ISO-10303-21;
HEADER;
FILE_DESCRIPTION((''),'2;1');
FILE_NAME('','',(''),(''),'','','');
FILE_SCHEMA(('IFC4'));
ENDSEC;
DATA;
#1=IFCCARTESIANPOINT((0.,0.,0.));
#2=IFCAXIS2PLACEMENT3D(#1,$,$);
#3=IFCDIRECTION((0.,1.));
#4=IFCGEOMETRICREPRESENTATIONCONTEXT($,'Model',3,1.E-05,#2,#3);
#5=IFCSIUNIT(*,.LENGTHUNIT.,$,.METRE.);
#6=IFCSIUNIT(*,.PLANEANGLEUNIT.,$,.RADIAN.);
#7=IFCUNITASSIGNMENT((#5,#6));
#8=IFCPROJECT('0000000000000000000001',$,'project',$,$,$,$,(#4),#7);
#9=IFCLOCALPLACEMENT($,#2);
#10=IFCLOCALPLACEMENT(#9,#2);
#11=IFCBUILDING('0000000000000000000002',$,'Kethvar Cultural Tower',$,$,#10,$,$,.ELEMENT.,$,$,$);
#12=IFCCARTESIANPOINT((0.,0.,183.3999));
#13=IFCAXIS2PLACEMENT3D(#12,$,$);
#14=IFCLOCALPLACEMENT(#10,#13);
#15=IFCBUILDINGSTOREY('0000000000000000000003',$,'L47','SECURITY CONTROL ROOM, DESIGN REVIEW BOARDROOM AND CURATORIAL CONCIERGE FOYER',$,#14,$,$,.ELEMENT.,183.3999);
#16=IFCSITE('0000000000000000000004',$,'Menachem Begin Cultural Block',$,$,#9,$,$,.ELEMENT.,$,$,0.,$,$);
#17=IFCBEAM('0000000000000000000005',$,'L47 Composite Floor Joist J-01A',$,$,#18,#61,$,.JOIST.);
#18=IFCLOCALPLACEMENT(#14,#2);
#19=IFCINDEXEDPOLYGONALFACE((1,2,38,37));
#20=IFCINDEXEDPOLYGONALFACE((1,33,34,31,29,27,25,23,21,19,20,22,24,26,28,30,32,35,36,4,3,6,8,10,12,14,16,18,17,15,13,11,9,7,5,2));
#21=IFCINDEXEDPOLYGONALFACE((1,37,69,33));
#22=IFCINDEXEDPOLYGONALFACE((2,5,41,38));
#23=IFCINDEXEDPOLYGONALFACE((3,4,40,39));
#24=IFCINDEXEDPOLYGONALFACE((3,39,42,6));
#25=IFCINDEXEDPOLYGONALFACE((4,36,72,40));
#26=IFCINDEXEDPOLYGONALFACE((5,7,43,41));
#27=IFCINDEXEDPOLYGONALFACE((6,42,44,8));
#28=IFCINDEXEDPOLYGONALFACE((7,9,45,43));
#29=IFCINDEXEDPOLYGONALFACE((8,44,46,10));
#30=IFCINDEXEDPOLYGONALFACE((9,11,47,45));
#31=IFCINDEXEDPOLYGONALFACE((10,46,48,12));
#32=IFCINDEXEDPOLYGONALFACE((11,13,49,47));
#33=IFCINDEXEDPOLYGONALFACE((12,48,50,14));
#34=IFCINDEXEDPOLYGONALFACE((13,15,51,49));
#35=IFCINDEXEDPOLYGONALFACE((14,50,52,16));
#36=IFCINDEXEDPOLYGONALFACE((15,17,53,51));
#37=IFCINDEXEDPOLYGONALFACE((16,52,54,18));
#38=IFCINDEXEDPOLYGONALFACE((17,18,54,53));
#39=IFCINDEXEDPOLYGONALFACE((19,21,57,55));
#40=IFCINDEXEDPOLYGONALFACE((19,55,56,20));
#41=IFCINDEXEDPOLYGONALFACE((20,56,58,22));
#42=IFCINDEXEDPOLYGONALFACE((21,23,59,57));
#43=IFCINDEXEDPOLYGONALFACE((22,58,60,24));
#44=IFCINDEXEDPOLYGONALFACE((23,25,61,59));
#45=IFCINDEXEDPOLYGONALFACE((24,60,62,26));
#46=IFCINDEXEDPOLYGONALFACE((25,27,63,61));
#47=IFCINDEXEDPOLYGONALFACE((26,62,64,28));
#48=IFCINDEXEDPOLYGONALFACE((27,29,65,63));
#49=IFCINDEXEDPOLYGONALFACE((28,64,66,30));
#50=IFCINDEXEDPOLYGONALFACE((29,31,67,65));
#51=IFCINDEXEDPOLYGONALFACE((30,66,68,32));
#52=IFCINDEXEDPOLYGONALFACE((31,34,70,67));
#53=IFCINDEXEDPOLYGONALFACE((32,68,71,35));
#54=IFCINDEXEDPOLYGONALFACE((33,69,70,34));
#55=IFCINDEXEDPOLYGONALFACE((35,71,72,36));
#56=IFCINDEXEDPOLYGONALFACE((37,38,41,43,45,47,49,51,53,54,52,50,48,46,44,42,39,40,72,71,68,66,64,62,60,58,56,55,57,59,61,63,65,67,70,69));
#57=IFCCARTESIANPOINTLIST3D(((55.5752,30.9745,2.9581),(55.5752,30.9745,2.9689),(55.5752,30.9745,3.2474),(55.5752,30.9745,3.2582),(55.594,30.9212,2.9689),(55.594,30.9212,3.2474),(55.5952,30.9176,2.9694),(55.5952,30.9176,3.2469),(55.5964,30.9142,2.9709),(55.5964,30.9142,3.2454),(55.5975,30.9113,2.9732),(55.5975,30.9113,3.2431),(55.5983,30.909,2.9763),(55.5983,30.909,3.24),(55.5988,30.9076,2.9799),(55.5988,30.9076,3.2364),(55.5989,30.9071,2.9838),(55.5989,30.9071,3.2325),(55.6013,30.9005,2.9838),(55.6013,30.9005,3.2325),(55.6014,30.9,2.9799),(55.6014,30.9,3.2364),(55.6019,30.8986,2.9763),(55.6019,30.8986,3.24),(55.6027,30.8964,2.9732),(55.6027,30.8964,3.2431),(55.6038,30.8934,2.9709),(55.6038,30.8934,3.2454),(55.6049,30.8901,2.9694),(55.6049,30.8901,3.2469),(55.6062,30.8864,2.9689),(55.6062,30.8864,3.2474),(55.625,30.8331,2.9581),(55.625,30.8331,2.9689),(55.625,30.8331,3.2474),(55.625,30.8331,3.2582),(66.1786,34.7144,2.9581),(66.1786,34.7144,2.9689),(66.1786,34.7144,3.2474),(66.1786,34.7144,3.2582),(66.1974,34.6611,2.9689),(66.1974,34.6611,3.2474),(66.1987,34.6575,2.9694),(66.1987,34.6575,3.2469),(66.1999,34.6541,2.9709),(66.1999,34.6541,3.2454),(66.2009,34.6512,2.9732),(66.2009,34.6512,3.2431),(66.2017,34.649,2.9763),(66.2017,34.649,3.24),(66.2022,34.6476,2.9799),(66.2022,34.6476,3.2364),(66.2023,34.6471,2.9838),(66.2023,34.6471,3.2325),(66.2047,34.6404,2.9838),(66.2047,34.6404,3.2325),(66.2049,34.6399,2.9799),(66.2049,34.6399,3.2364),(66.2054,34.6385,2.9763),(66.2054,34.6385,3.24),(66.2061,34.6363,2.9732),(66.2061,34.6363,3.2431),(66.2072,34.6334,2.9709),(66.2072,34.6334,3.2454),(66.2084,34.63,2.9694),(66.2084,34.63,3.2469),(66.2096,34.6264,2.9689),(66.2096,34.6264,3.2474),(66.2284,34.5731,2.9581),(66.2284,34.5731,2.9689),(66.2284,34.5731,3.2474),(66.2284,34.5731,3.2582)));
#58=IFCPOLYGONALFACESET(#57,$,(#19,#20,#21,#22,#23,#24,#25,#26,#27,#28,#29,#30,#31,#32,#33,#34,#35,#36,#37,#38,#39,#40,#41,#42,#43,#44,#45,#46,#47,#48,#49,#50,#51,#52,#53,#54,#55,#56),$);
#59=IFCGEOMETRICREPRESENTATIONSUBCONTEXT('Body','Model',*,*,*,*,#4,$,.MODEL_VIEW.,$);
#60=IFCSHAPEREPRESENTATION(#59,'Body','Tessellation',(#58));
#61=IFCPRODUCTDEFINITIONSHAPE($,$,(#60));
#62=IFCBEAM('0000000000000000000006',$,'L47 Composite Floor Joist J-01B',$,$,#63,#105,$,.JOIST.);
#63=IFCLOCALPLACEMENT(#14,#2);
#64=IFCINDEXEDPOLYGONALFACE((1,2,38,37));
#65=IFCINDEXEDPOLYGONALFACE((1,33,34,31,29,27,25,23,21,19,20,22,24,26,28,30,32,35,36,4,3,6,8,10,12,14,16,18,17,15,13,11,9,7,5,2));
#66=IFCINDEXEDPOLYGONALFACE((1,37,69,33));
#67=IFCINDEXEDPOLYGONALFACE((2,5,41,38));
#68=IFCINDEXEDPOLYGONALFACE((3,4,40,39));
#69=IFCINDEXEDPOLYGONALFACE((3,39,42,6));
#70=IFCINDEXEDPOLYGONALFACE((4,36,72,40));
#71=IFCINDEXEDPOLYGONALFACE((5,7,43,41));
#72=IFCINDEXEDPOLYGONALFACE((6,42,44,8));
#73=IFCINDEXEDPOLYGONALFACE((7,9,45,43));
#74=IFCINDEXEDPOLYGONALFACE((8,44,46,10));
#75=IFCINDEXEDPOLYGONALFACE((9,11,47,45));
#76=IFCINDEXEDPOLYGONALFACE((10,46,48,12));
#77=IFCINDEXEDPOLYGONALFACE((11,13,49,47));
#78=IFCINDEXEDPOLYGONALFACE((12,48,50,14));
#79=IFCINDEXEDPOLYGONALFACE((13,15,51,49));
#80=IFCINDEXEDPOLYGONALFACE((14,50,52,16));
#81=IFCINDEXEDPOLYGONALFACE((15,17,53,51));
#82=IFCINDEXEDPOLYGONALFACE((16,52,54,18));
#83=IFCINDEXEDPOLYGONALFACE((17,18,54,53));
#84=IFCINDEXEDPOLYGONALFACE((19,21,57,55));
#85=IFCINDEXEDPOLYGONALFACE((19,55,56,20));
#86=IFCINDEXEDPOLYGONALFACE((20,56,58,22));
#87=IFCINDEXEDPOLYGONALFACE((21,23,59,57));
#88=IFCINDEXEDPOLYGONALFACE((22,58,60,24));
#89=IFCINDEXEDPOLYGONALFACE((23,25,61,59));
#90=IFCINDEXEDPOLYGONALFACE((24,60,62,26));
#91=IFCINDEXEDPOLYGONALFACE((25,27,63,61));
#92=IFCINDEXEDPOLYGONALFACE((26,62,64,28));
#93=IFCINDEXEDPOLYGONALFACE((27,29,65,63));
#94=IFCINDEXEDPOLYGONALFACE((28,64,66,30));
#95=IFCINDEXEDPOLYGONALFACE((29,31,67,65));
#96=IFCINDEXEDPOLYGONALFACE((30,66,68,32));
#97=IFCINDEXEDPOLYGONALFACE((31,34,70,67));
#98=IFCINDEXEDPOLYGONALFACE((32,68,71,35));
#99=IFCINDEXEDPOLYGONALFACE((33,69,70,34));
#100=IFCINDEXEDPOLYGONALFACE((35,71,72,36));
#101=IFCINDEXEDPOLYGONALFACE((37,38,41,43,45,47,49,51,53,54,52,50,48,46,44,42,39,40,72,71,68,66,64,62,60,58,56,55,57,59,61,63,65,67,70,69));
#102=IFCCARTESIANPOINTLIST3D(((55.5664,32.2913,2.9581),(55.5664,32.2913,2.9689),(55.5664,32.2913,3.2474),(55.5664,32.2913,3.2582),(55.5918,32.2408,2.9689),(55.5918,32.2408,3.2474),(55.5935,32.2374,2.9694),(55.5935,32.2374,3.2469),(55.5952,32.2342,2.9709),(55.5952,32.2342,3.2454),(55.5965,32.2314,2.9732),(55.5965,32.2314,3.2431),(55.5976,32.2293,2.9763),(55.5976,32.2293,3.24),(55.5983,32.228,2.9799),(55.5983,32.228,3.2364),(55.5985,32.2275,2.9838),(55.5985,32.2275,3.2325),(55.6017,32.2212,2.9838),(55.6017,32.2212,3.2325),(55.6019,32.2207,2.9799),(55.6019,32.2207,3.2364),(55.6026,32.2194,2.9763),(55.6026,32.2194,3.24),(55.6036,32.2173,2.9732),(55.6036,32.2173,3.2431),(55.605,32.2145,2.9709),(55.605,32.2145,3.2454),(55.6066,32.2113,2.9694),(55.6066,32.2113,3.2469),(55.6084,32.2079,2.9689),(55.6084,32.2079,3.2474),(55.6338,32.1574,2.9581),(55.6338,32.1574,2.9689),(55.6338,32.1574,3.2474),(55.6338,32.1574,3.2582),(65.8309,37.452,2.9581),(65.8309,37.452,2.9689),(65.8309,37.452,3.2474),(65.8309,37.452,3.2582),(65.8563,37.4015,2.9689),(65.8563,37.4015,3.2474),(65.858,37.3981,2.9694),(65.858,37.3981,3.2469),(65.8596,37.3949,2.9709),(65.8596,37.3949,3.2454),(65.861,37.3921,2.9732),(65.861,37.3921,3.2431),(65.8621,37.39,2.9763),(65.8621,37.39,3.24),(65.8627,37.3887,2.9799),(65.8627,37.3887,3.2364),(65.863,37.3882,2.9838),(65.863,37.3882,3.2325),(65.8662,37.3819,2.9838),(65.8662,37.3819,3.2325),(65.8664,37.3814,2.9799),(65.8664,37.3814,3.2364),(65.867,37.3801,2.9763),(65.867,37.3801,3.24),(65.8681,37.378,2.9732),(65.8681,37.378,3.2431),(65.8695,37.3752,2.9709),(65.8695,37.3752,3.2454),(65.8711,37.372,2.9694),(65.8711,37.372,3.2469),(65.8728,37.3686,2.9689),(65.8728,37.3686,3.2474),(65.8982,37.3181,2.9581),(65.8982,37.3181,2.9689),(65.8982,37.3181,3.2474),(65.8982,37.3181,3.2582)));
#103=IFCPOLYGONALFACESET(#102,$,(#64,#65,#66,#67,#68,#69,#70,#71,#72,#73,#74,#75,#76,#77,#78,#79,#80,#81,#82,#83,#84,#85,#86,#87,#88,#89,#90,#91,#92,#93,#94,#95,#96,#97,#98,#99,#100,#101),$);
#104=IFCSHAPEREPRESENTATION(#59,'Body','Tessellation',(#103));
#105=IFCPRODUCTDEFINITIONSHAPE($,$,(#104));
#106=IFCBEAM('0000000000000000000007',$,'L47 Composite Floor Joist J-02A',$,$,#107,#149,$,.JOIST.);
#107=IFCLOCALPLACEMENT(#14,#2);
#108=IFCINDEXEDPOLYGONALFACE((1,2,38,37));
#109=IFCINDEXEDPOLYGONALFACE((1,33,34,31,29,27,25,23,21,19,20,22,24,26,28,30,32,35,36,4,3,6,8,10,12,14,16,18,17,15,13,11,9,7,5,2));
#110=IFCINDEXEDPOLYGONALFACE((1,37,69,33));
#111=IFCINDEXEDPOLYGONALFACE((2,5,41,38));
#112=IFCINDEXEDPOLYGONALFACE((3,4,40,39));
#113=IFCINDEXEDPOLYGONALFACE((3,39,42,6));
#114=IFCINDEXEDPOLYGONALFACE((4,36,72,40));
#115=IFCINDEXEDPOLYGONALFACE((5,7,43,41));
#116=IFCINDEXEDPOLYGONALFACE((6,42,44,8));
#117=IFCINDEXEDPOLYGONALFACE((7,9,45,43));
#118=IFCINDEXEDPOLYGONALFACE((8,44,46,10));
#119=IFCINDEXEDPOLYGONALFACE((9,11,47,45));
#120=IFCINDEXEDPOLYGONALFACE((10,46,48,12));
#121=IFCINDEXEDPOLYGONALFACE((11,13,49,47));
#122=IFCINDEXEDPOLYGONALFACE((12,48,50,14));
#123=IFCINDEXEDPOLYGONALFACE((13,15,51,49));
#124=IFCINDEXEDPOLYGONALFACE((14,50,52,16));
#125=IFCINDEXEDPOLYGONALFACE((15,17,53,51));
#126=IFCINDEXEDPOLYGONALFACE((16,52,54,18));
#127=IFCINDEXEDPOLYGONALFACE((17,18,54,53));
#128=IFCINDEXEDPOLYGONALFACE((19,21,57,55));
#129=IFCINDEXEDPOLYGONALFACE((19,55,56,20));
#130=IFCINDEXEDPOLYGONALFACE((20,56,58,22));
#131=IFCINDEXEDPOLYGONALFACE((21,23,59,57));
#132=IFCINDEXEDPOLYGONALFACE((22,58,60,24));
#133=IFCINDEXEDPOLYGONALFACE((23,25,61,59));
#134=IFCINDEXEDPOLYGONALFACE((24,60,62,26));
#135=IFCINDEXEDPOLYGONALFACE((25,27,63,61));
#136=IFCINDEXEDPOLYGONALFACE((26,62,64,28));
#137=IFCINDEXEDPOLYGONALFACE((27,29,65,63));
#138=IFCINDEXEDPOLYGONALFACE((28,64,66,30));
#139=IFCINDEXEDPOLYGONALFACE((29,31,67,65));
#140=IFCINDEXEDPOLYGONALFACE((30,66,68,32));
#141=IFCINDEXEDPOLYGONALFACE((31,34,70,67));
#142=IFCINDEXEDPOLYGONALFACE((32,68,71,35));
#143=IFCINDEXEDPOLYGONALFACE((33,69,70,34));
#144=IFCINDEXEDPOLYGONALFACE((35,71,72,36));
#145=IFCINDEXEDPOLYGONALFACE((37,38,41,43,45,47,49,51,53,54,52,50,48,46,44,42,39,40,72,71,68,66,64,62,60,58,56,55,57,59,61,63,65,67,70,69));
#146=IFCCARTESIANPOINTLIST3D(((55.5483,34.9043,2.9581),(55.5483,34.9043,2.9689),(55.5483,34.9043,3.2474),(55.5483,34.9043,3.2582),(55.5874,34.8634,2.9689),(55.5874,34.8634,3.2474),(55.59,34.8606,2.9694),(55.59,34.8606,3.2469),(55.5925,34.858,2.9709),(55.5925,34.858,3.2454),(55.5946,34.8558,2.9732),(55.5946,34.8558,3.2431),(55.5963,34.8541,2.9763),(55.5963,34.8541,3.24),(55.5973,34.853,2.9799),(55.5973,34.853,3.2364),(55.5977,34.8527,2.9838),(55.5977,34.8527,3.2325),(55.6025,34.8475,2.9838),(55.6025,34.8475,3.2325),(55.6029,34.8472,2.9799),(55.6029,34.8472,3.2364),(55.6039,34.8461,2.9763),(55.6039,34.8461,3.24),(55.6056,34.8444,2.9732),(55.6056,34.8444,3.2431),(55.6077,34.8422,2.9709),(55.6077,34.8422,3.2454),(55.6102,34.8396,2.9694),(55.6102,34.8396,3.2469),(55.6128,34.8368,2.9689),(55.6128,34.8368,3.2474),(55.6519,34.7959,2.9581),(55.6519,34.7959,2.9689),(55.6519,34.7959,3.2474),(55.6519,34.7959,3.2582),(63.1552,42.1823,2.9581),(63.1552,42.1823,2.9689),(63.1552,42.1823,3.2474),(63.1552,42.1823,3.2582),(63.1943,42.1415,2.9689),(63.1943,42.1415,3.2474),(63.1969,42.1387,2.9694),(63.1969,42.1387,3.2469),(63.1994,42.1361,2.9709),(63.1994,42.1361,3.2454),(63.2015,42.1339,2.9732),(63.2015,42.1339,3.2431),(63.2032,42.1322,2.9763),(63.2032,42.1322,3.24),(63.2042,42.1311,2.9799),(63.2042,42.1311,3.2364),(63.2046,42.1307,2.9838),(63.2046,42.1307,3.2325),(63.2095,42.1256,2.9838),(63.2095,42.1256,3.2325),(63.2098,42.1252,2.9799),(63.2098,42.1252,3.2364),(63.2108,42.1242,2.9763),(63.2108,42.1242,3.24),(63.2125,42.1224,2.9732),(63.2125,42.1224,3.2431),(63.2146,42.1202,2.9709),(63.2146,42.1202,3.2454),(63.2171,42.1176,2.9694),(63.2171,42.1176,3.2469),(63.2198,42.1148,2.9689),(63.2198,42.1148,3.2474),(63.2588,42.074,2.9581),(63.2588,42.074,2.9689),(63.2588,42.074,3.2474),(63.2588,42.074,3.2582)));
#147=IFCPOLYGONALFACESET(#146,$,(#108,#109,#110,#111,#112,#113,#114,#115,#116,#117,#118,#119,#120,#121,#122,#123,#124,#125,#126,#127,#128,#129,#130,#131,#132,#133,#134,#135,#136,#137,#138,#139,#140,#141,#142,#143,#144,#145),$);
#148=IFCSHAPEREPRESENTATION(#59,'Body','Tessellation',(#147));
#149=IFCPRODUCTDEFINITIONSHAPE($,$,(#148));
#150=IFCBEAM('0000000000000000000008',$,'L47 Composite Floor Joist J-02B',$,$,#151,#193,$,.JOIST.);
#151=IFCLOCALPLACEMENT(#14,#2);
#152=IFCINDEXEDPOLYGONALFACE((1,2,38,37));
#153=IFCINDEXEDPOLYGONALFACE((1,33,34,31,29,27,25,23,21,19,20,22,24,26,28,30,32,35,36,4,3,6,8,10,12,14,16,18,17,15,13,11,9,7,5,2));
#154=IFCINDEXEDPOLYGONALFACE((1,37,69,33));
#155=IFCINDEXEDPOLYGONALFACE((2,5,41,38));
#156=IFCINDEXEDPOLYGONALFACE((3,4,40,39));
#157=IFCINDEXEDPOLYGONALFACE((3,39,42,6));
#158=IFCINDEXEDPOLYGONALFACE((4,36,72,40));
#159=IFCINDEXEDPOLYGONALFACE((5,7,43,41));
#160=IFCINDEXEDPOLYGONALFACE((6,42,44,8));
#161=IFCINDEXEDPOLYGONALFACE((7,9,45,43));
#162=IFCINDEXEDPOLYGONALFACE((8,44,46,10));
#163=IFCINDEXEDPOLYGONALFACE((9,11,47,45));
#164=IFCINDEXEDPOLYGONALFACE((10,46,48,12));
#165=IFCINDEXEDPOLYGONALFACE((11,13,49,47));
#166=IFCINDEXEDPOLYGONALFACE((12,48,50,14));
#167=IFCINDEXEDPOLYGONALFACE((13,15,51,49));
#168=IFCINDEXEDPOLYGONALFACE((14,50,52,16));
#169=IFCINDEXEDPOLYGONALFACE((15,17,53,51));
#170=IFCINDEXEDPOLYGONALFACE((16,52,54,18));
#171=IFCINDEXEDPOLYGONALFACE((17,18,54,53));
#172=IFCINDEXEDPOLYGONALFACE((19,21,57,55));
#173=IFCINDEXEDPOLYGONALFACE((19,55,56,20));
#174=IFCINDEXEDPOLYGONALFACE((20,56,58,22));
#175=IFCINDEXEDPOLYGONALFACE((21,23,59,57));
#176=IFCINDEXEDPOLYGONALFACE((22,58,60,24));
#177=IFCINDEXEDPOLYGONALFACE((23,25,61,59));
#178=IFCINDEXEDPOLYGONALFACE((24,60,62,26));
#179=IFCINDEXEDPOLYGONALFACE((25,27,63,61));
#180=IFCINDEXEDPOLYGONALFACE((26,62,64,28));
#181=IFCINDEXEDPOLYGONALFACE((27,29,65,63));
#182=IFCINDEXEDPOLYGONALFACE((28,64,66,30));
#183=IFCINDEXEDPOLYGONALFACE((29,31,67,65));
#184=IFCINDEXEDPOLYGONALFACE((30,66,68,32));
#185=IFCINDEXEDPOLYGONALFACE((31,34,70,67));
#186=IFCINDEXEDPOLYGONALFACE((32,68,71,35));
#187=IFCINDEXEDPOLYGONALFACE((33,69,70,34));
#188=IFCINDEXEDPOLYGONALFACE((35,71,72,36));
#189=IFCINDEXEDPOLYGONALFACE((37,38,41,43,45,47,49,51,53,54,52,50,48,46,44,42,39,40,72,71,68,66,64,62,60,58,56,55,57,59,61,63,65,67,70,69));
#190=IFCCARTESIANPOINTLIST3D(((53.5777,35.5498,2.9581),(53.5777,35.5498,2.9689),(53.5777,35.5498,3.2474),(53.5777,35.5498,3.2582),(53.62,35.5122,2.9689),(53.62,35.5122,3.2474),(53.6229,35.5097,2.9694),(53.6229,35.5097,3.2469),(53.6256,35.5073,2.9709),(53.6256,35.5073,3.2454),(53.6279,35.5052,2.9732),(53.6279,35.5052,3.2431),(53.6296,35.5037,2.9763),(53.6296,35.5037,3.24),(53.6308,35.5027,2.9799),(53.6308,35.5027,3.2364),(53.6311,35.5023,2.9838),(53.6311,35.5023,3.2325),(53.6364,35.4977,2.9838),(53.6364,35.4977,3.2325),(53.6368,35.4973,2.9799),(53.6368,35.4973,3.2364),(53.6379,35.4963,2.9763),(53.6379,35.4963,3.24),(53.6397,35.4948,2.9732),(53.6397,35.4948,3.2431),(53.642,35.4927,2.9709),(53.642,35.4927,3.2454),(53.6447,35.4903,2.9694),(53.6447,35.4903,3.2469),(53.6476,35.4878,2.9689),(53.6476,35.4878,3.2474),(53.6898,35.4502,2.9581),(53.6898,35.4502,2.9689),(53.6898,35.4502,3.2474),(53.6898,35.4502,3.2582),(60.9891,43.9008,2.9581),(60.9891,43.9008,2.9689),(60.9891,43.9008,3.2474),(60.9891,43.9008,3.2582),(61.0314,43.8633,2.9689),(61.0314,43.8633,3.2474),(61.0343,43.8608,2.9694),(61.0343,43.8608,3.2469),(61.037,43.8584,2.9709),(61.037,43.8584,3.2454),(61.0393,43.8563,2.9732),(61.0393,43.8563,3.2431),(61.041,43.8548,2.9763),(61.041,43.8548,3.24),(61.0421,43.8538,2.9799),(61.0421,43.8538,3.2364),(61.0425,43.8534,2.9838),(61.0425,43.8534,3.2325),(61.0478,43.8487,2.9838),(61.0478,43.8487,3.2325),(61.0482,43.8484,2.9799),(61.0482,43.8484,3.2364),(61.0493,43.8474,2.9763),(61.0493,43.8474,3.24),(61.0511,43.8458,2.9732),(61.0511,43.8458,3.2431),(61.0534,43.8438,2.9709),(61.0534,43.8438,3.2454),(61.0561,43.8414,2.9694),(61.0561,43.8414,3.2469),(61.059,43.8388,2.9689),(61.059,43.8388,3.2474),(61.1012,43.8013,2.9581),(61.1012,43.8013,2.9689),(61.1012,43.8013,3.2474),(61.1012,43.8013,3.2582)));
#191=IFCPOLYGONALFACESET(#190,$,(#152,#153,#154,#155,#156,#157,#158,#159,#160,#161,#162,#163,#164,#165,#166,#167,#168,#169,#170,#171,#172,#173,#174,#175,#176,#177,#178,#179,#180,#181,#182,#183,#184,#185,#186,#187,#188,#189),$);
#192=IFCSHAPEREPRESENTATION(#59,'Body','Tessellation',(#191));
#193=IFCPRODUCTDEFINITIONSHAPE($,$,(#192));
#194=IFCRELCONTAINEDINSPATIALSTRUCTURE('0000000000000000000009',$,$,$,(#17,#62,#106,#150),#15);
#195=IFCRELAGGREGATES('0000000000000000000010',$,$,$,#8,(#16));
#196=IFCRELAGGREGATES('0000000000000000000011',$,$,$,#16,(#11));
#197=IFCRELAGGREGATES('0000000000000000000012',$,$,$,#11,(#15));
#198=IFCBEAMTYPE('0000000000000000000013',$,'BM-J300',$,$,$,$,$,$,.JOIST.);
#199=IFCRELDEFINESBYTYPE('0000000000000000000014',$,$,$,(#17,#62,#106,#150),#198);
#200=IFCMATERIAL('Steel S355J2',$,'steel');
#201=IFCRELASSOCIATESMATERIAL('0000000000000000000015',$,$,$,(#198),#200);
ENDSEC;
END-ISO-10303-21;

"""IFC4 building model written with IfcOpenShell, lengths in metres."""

from ifc_helpers import new_model, si_unit, direction, frame, origin, origin_2d, place, context, subcontext, project, spatial, i_section, extrude, source, transform, mapped, material, material_profile, profile_set, type_object, element, save


model = new_model("IFC4")

# Units and contexts
model_context = context("Model", 3, precision=1e-05, world=origin(), true_north=direction((0.0, 1.0)))
body_context = subcontext(model_context, "Body", "Model", "MODEL_VIEW")
ifc_project = project(units=[si_unit("LENGTHUNIT", "METRE"), si_unit("PLANEANGLEUNIT", "RADIAN")], contexts=[model_context])

# Site, building, storey
site_placement = place(None, origin())
site = spatial("IfcSite", under=ifc_project, at=site_placement, Name="Menachem Begin Cultural Block", CompositionType="ELEMENT", RefElevation=0.0)
building_placement = place(site_placement, origin())
building = spatial("IfcBuilding", under=site, at=building_placement, Name="Kethvar Cultural Tower", CompositionType="ELEMENT")
storey_placement = place(building_placement, frame((0.0, 0.0, 183.3999)))
storey = spatial("IfcBuildingStorey", under=building, at=storey_placement, Name="L47", Description="SECURITY CONTROL ROOM, DESIGN REVIEW BOARDROOM AND CURATORIAL CONCIERGE FOYER", CompositionType="ELEMENT", Elevation=183.3999)

# Beams
ifc_material_1 = material(Name="Steel S355J2", Category="steel")
ifc_material_profile_1 = material_profile(ifc_material_1, i_section(OverallWidth=0.1499, OverallDepth=0.3, WebThickness=0.0071, FlangeThickness=0.0107, FilletRadius=0.0149, at=origin_2d()), Name="Steel S355J2 — IPE300")
ifc_profile_set_1 = profile_set([ifc_material_profile_1], Name="Steel S355J2 — IPE300")
beam_type_1 = type_object("IfcBeamType", Name="BM-J300", PredefinedType="JOIST", material=ifc_profile_set_1)
shared_shape_1 = source(origin(), body_context, "Body", "SweptSolid", [
    extrude(i_section(OverallWidth=0.1499, OverallDepth=0.3, WebThickness=0.0071, FlangeThickness=0.0107, FilletRadius=0.0149, at=origin_2d()), origin(), (0.0, 0.0, 1.0), 11.2437),
])
beam_1_placement = place(storey_placement, frame((55.6001, 30.9038, 3.1082), z_axis=(0.943058, 0.332628, 0.0), x_axis=(-0.332628, 0.943058, 0.0)))
element("IfcBeam", 1, at=beam_1_placement, inside=storey, type_object=beam_type_1, Name="L47 Composite Floor Joist J-01A", PredefinedType="JOIST", context=body_context, shape_type="MappedRepresentation", body=[
    mapped(shared_shape_1, transform((0.0, 0.0, 0.0), scale=1.0)),
])
shared_shape_2 = source(origin(), body_context, "Body", "SweptSolid", [
    extrude(i_section(OverallWidth=0.1499, OverallDepth=0.3, WebThickness=0.0071, FlangeThickness=0.0107, FilletRadius=0.0149, at=origin_2d()), origin(), (0.0, 0.0, 1.0), 11.4888),
])
beam_2_placement = place(storey_placement, frame((55.6001, 32.2244, 3.1082), z_axis=(0.893435, 0.449193, 0.0), x_axis=(-0.449193, 0.893435, 0.0)))
element("IfcBeam", 2, at=beam_2_placement, inside=storey, type_object=beam_type_1, Name="L47 Composite Floor Joist J-01B", PredefinedType="JOIST", context=body_context, shape_type="MappedRepresentation", body=[
    mapped(shared_shape_2, transform((0.0, 0.0, 0.0), scale=1.0)),
])
shared_shape_3 = source(origin(), body_context, "Body", "SweptSolid", [
    extrude(i_section(OverallWidth=0.1499, OverallDepth=0.3, WebThickness=0.0071, FlangeThickness=0.0107, FilletRadius=0.0149, at=origin_2d()), origin(), (0.0, 0.0, 1.0), 10.5278),
])
beam_3_placement = place(storey_placement, frame((55.6001, 34.8501, 3.1082), z_axis=(0.722553, 0.691316, 0.0), x_axis=(-0.691316, 0.722553, 0.0)))
element("IfcBeam", 3, at=beam_3_placement, inside=storey, type_object=beam_type_1, Name="L47 Composite Floor Joist J-02A", PredefinedType="JOIST", context=body_context, shape_type="MappedRepresentation", body=[
    mapped(shared_shape_3, transform((0.0, 0.0, 0.0), scale=1.0)),
])
shared_shape_4 = source(origin(), body_context, "Body", "SweptSolid", [
    extrude(i_section(OverallWidth=0.1499, OverallDepth=0.3, WebThickness=0.0071, FlangeThickness=0.0107, FilletRadius=0.0149, at=origin_2d()), origin(), (0.0, 0.0, 1.0), 11.1655),
])
beam_4_placement = place(storey_placement, frame((53.6338, 35.5, 3.1082), z_axis=(0.663773, 0.747934, 0.0), x_axis=(-0.747934, 0.663773, 0.0)))
element("IfcBeam", 4, at=beam_4_placement, inside=storey, type_object=beam_type_1, Name="L47 Composite Floor Joist J-02B", PredefinedType="JOIST", context=body_context, shape_type="MappedRepresentation", body=[
    mapped(shared_shape_4, transform((0.0, 0.0, 0.0), scale=1.0)),
])

save(model, "model.ifc")
